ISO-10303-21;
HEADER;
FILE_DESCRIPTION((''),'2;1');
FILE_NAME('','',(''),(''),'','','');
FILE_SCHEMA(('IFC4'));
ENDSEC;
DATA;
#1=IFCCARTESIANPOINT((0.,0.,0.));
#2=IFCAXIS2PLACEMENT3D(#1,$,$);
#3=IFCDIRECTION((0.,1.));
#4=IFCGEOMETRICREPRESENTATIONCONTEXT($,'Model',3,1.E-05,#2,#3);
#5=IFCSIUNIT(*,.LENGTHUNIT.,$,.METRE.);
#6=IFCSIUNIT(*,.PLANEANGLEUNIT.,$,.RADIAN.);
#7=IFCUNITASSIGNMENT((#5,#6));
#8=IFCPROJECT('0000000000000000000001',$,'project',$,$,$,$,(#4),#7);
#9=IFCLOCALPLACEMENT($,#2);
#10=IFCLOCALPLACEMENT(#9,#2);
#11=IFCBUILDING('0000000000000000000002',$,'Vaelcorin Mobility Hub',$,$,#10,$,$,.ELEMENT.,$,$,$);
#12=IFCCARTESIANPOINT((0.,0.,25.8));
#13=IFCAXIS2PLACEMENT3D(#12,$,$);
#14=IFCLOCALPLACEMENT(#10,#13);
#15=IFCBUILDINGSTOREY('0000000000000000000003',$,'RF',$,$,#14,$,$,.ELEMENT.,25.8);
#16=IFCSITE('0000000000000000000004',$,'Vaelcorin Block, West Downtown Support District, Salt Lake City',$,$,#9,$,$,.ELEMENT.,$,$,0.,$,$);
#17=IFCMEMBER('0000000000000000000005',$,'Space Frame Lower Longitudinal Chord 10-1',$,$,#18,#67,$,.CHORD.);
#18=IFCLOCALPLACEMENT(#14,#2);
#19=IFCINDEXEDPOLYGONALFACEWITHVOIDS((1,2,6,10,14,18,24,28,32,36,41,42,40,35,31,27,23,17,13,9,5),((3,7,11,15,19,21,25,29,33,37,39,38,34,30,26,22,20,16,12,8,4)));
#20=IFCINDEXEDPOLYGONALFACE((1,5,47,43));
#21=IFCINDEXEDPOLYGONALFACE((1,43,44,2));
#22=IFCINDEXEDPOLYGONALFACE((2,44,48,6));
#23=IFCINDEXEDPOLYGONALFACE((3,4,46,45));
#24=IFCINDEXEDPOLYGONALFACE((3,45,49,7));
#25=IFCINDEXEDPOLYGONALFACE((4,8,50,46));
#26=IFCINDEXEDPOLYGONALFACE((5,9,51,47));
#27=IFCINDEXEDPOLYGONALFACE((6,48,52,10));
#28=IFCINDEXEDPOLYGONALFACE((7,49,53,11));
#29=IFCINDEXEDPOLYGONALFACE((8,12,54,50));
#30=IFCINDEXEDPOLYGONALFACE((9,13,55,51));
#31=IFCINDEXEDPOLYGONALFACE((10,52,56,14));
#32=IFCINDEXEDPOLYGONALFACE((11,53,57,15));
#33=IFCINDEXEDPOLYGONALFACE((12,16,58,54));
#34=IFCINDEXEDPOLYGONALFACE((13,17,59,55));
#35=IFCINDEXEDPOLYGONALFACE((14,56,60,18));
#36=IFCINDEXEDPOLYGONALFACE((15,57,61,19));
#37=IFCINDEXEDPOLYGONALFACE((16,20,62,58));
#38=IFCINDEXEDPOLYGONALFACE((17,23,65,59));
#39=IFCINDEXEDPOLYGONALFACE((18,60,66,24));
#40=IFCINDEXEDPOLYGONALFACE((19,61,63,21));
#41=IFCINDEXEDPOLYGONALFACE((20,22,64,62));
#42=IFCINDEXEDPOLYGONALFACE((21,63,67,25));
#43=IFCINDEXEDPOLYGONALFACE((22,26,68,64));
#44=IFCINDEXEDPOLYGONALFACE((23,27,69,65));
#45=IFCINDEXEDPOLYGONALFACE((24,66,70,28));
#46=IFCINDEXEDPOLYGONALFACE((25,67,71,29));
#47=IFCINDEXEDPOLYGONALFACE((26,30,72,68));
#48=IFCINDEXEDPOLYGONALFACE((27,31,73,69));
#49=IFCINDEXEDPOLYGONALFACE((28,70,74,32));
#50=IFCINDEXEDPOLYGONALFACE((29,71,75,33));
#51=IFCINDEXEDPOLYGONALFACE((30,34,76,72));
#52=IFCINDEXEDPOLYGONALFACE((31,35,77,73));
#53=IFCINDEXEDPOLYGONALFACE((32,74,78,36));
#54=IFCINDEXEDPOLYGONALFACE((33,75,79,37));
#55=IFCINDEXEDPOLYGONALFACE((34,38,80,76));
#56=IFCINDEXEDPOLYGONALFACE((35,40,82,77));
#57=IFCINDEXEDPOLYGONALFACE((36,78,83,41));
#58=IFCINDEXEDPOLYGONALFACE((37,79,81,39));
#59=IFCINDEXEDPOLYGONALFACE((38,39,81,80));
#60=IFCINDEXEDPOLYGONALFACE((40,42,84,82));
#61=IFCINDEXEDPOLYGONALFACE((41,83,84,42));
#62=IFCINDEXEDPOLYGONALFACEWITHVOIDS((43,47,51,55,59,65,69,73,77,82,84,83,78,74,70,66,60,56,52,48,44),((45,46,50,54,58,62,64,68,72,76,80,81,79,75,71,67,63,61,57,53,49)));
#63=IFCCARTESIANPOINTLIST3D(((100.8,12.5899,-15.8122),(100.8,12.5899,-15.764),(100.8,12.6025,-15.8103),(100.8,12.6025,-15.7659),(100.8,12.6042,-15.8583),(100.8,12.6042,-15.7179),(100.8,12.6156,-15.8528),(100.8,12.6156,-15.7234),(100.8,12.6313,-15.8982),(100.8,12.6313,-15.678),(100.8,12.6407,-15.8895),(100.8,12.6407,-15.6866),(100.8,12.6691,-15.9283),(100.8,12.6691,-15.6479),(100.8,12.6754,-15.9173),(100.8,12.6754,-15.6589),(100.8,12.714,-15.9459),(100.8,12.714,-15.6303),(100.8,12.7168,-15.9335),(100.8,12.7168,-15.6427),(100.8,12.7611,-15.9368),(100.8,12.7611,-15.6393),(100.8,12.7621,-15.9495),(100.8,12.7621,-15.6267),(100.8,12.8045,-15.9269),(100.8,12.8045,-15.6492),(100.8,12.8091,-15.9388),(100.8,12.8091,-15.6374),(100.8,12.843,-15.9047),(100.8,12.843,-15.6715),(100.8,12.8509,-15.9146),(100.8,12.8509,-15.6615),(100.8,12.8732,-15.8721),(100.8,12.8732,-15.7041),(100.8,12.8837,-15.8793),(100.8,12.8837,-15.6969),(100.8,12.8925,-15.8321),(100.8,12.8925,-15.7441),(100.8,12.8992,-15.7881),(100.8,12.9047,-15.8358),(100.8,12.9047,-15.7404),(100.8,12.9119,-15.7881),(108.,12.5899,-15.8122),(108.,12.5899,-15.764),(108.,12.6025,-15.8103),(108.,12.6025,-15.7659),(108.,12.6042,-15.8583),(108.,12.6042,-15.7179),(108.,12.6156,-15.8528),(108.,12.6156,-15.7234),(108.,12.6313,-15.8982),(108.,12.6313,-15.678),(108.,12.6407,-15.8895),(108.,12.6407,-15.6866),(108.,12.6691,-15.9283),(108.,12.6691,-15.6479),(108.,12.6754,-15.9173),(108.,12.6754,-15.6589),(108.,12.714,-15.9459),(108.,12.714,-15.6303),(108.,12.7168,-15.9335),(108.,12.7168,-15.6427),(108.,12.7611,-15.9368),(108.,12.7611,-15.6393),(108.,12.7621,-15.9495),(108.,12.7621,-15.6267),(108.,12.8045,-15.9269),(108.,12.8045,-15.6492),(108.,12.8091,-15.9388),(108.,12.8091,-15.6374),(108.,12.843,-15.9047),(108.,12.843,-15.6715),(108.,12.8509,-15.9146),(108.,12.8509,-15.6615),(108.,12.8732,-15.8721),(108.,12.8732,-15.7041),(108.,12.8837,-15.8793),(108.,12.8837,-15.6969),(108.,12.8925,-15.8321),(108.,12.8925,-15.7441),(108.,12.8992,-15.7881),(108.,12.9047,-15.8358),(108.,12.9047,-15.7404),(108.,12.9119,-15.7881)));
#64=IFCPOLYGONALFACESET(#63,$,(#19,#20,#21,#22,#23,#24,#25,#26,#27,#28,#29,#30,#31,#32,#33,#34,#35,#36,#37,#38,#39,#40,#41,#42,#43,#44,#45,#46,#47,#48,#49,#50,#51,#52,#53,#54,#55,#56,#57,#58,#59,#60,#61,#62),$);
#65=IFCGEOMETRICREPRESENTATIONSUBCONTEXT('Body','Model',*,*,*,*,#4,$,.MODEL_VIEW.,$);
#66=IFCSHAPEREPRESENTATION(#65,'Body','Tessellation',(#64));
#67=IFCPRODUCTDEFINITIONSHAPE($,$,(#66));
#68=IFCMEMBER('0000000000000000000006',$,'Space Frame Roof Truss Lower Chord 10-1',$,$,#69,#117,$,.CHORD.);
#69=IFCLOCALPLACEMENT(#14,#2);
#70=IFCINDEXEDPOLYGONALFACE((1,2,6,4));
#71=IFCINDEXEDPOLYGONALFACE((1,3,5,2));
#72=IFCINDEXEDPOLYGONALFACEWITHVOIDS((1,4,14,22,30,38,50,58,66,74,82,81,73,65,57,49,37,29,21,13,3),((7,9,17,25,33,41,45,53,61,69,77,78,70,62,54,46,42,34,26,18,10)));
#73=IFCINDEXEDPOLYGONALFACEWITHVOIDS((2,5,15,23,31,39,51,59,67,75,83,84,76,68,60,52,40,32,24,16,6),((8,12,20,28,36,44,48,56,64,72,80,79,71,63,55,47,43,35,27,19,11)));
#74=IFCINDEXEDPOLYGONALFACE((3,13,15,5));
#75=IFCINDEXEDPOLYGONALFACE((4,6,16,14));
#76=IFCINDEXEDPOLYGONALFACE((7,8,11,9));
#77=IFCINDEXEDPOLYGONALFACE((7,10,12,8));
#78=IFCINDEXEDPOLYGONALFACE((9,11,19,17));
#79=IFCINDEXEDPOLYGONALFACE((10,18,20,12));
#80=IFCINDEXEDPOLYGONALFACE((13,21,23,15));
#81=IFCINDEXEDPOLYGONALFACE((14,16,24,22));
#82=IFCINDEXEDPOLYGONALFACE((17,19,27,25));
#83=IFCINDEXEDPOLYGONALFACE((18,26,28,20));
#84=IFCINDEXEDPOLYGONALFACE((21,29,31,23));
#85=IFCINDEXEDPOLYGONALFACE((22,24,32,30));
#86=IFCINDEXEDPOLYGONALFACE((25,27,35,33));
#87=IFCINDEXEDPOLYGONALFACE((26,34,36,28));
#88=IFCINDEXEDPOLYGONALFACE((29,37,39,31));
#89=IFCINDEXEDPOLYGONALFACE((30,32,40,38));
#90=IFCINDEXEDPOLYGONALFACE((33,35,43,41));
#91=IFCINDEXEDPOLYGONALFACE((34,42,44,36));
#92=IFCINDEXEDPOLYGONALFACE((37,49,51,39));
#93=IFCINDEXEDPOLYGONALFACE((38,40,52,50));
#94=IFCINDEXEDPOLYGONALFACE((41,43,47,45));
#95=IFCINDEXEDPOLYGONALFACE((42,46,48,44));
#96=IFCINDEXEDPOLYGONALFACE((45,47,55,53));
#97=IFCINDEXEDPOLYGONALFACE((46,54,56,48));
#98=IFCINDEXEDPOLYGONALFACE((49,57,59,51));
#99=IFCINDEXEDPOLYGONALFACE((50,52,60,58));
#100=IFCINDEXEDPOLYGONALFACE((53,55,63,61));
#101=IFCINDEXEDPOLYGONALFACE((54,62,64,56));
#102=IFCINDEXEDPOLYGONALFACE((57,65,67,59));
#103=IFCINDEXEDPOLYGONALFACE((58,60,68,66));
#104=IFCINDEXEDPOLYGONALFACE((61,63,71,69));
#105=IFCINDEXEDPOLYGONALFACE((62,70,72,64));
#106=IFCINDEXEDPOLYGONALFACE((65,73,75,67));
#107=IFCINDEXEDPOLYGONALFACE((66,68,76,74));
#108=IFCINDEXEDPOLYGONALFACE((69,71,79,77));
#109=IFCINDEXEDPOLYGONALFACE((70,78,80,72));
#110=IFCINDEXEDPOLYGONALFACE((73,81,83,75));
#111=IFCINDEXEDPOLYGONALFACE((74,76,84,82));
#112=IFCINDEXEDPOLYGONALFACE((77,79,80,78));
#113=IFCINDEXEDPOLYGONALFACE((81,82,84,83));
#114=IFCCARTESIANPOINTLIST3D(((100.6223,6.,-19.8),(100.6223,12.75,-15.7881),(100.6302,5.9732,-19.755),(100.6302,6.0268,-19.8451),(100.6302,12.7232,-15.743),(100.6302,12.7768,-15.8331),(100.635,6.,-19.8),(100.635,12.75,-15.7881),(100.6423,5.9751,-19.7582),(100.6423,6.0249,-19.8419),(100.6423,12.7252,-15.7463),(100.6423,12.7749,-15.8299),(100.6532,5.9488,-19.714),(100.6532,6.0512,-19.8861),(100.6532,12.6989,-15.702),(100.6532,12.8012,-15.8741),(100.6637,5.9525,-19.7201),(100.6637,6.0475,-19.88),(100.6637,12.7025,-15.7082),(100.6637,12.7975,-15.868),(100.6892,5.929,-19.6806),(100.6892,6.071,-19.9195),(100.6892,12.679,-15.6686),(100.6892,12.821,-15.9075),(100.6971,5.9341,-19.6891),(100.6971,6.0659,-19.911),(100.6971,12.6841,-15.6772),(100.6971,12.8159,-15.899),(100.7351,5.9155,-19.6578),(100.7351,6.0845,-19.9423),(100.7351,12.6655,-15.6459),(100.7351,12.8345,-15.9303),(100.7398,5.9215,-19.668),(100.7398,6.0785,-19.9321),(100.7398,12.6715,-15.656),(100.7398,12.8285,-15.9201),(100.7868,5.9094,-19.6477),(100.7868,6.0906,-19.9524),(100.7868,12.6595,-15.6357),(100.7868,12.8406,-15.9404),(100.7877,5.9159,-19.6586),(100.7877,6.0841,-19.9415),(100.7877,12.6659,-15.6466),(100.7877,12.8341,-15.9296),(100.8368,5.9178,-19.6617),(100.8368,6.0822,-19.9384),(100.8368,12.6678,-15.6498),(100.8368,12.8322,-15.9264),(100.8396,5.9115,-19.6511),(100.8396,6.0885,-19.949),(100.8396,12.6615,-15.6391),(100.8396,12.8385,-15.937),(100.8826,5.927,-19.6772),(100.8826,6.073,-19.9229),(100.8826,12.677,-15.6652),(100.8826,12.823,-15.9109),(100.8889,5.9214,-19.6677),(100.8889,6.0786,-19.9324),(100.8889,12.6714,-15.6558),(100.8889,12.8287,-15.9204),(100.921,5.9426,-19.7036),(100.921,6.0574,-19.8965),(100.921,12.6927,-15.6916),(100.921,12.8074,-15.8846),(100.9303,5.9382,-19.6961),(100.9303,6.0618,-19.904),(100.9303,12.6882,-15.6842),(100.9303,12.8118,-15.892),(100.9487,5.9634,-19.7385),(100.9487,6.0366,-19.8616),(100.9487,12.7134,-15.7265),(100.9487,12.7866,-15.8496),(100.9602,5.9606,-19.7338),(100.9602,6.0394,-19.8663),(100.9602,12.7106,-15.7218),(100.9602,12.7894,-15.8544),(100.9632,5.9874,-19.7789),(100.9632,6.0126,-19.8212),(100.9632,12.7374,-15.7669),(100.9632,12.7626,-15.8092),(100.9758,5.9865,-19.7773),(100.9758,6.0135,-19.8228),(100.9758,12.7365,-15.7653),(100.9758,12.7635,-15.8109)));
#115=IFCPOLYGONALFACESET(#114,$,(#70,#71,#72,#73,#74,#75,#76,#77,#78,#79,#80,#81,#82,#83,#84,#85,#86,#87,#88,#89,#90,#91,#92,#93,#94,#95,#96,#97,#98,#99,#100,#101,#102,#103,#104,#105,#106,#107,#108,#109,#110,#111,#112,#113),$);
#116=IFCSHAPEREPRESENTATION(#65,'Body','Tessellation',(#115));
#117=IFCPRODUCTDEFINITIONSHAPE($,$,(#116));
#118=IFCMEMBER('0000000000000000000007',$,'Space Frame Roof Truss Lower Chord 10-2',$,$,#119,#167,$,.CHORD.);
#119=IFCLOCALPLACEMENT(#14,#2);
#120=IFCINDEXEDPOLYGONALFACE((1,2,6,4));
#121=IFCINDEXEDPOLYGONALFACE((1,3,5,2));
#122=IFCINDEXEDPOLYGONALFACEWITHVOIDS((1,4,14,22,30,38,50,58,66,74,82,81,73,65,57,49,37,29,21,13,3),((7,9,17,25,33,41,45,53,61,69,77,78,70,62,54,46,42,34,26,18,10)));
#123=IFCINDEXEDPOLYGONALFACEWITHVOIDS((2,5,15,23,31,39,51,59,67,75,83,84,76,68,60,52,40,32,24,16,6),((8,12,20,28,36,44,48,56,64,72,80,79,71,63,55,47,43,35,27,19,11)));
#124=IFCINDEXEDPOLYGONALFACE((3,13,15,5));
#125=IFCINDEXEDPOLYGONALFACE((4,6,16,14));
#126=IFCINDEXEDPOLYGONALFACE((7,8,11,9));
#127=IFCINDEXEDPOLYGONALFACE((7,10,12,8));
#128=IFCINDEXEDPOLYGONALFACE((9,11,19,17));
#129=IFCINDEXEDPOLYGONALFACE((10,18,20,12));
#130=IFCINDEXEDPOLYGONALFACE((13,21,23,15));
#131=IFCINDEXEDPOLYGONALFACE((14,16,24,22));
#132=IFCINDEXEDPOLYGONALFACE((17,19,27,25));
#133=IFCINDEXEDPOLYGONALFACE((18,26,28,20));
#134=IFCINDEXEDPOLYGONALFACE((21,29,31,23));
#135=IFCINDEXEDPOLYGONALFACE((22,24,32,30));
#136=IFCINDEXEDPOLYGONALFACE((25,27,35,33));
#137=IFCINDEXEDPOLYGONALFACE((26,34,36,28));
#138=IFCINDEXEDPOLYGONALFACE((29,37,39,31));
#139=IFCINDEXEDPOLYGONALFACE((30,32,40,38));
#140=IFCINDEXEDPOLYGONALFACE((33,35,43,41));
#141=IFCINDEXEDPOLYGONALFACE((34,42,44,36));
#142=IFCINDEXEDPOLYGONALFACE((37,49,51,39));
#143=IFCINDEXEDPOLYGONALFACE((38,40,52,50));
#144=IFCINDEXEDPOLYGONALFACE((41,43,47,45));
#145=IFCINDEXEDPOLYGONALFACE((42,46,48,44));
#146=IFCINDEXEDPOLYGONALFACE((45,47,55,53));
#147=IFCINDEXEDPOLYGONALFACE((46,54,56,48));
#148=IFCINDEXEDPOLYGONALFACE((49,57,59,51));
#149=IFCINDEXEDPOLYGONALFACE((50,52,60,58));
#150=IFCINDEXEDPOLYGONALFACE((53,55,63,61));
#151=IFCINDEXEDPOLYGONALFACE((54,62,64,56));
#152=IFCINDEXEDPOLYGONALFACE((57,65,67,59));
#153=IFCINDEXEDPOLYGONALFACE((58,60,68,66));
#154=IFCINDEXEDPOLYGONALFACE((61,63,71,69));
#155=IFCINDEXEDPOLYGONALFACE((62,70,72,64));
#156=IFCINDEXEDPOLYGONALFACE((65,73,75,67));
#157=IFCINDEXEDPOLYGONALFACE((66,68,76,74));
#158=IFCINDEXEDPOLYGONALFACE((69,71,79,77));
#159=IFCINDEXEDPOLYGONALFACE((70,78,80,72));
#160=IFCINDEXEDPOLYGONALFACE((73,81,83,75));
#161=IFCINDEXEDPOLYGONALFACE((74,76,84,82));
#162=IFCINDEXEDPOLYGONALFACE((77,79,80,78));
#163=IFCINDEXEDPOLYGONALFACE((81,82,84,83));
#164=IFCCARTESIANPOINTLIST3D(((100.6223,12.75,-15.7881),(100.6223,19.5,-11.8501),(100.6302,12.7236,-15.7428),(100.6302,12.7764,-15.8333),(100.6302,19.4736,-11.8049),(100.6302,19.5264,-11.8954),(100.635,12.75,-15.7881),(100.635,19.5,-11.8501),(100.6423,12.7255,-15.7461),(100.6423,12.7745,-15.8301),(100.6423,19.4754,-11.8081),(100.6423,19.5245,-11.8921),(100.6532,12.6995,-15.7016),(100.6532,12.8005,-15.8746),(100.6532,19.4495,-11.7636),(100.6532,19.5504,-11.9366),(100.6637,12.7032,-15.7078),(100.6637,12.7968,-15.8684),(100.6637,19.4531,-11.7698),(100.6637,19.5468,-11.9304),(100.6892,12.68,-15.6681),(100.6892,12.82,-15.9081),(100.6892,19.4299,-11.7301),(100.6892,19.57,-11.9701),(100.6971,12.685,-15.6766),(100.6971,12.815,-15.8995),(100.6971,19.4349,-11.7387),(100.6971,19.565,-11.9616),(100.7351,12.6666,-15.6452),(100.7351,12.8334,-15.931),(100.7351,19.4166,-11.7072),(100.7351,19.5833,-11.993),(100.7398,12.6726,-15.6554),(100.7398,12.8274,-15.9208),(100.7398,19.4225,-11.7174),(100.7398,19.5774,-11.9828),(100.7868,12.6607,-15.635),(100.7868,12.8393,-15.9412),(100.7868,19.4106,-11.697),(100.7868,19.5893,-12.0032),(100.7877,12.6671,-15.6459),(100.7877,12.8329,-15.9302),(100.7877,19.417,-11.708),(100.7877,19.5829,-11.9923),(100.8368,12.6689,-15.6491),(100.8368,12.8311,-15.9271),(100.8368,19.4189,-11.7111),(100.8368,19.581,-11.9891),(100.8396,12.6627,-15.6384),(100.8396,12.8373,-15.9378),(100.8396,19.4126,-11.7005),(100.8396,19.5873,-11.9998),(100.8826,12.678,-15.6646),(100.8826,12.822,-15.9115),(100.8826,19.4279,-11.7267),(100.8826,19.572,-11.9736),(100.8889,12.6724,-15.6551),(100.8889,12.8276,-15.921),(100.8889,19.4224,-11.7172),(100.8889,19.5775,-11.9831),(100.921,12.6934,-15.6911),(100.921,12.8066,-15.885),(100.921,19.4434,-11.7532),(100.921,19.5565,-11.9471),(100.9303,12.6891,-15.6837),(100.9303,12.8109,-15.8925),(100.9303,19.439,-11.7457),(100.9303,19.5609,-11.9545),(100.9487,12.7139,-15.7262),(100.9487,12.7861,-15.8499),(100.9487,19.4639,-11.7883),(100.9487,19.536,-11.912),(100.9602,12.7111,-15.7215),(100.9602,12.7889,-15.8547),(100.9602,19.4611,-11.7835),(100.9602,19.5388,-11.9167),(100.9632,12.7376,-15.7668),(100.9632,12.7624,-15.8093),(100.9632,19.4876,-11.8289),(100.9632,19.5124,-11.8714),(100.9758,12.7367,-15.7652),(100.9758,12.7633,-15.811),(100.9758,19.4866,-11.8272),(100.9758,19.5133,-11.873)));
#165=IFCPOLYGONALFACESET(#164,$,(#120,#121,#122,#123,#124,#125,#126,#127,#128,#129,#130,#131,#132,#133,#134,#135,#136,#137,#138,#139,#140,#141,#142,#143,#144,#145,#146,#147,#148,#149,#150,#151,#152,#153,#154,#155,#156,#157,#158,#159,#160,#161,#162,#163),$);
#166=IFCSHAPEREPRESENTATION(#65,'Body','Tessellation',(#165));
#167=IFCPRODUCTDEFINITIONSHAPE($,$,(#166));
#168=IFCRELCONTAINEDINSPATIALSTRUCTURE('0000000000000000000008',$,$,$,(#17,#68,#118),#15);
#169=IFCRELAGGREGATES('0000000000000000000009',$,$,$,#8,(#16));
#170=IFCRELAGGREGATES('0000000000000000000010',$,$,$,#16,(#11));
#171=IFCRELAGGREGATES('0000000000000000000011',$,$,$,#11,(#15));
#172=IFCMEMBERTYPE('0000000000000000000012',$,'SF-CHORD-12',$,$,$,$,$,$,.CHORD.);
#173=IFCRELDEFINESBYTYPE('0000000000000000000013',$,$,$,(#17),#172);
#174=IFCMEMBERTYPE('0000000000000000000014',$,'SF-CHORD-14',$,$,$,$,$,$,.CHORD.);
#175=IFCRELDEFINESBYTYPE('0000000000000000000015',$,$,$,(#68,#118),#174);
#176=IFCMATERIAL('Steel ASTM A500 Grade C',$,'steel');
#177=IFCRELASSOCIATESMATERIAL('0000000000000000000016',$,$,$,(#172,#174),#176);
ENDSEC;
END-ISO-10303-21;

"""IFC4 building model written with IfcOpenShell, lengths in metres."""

from ifc_helpers import new_model, si_unit, direction, frame, origin, origin_2d, place, context, subcontext, project, spatial, hollow_circle, extrude, material, material_profile, profile_set, type_object, element, save


model = new_model("IFC4")

# Units and contexts
model_context = context("Model", 3, precision=1e-05, world=origin(), true_north=direction((0.0, 1.0)))
body_context = subcontext(model_context, "Body", "Model", "MODEL_VIEW")
ifc_project = project(units=[si_unit("LENGTHUNIT", "METRE"), si_unit("PLANEANGLEUNIT", "RADIAN")], contexts=[model_context])

# Site, building, storey
site_placement = place(None, origin())
site = spatial("IfcSite", under=ifc_project, at=site_placement, Name="Vaelcorin Block, West Downtown Support District, Salt Lake City", CompositionType="ELEMENT", RefElevation=0.0)
building_placement = place(site_placement, origin())
building = spatial("IfcBuilding", under=site, at=building_placement, Name="Vaelcorin Mobility Hub", CompositionType="ELEMENT")
storey_placement = place(building_placement, frame((0.0, 0.0, 25.8)))
storey = spatial("IfcBuildingStorey", under=building, at=storey_placement, Name="RF", CompositionType="ELEMENT", Elevation=25.8)

# Members
ifc_material_1 = material(Name="Steel ASTM A500 Grade C", Category="steel")
ifc_material_profile_1 = material_profile(ifc_material_1, hollow_circle(Radius=0.1619, WallThickness=0.0127, at=origin_2d()), Name="HSS12.750X0.500")
ifc_profile_set_1 = profile_set([ifc_material_profile_1], Name="Steel ASTM A500 Grade C")
member_type_1 = type_object("IfcMemberType", Name="SF-CHORD-12", PredefinedType="CHORD", material=ifc_profile_set_1)
member_1_placement = place(storey_placement, frame((100.8, 12.75, -15.7881), z_axis=(1.0, 0.0, 0.0), x_axis=(0.0, 1.0, 0.0)))
element("IfcMember", 1, at=member_1_placement, inside=storey, type_object=member_type_1, Name="Space Frame Lower Longitudinal Chord 10-1", PredefinedType="CHORD", context=body_context, shape_type="SweptSolid", body=[
    extrude(hollow_circle(Radius=0.1619, WallThickness=0.0127, at=origin_2d()), origin(), (0.0, 0.0, 1.0), 7.2),
])
ifc_material_profile_2 = material_profile(ifc_material_1, hollow_circle(Radius=0.1777, WallThickness=0.0127, at=origin_2d()), Name="HSS14.000X0.500")
ifc_profile_set_2 = profile_set([ifc_material_profile_2], Name="Steel ASTM A500 Grade C")
member_type_2 = type_object("IfcMemberType", Name="SF-CHORD-14", PredefinedType="CHORD", material=ifc_profile_set_2)
member_2_placement = place(storey_placement, frame((100.8, 6.0, -19.8), z_axis=(0.0, 0.859623, 0.510929), x_axis=(-1.0, 0.0, 0.0)))
element("IfcMember", 2, at=member_2_placement, inside=storey, type_object=member_type_2, Name="Space Frame Roof Truss Lower Chord 10-1", PredefinedType="CHORD", context=body_context, shape_type="SweptSolid", body=[
    extrude(hollow_circle(Radius=0.1777, WallThickness=0.0127, at=origin_2d()), origin(), (0.0, 0.0, 1.0), 7.8523),
])
member_3_placement = place(storey_placement, frame((100.8, 12.75, -15.7881), z_axis=(0.0, 0.863752, 0.503918), x_axis=(-1.0, 0.0, 0.0)))
element("IfcMember", 3, at=member_3_placement, inside=storey, type_object=member_type_2, Name="Space Frame Roof Truss Lower Chord 10-2", PredefinedType="CHORD", context=body_context, shape_type="SweptSolid", body=[
    extrude(hollow_circle(Radius=0.1777, WallThickness=0.0127, at=origin_2d()), origin(), (0.0, 0.0, 1.0), 7.8147),
])

save(model, "model.ifc")
